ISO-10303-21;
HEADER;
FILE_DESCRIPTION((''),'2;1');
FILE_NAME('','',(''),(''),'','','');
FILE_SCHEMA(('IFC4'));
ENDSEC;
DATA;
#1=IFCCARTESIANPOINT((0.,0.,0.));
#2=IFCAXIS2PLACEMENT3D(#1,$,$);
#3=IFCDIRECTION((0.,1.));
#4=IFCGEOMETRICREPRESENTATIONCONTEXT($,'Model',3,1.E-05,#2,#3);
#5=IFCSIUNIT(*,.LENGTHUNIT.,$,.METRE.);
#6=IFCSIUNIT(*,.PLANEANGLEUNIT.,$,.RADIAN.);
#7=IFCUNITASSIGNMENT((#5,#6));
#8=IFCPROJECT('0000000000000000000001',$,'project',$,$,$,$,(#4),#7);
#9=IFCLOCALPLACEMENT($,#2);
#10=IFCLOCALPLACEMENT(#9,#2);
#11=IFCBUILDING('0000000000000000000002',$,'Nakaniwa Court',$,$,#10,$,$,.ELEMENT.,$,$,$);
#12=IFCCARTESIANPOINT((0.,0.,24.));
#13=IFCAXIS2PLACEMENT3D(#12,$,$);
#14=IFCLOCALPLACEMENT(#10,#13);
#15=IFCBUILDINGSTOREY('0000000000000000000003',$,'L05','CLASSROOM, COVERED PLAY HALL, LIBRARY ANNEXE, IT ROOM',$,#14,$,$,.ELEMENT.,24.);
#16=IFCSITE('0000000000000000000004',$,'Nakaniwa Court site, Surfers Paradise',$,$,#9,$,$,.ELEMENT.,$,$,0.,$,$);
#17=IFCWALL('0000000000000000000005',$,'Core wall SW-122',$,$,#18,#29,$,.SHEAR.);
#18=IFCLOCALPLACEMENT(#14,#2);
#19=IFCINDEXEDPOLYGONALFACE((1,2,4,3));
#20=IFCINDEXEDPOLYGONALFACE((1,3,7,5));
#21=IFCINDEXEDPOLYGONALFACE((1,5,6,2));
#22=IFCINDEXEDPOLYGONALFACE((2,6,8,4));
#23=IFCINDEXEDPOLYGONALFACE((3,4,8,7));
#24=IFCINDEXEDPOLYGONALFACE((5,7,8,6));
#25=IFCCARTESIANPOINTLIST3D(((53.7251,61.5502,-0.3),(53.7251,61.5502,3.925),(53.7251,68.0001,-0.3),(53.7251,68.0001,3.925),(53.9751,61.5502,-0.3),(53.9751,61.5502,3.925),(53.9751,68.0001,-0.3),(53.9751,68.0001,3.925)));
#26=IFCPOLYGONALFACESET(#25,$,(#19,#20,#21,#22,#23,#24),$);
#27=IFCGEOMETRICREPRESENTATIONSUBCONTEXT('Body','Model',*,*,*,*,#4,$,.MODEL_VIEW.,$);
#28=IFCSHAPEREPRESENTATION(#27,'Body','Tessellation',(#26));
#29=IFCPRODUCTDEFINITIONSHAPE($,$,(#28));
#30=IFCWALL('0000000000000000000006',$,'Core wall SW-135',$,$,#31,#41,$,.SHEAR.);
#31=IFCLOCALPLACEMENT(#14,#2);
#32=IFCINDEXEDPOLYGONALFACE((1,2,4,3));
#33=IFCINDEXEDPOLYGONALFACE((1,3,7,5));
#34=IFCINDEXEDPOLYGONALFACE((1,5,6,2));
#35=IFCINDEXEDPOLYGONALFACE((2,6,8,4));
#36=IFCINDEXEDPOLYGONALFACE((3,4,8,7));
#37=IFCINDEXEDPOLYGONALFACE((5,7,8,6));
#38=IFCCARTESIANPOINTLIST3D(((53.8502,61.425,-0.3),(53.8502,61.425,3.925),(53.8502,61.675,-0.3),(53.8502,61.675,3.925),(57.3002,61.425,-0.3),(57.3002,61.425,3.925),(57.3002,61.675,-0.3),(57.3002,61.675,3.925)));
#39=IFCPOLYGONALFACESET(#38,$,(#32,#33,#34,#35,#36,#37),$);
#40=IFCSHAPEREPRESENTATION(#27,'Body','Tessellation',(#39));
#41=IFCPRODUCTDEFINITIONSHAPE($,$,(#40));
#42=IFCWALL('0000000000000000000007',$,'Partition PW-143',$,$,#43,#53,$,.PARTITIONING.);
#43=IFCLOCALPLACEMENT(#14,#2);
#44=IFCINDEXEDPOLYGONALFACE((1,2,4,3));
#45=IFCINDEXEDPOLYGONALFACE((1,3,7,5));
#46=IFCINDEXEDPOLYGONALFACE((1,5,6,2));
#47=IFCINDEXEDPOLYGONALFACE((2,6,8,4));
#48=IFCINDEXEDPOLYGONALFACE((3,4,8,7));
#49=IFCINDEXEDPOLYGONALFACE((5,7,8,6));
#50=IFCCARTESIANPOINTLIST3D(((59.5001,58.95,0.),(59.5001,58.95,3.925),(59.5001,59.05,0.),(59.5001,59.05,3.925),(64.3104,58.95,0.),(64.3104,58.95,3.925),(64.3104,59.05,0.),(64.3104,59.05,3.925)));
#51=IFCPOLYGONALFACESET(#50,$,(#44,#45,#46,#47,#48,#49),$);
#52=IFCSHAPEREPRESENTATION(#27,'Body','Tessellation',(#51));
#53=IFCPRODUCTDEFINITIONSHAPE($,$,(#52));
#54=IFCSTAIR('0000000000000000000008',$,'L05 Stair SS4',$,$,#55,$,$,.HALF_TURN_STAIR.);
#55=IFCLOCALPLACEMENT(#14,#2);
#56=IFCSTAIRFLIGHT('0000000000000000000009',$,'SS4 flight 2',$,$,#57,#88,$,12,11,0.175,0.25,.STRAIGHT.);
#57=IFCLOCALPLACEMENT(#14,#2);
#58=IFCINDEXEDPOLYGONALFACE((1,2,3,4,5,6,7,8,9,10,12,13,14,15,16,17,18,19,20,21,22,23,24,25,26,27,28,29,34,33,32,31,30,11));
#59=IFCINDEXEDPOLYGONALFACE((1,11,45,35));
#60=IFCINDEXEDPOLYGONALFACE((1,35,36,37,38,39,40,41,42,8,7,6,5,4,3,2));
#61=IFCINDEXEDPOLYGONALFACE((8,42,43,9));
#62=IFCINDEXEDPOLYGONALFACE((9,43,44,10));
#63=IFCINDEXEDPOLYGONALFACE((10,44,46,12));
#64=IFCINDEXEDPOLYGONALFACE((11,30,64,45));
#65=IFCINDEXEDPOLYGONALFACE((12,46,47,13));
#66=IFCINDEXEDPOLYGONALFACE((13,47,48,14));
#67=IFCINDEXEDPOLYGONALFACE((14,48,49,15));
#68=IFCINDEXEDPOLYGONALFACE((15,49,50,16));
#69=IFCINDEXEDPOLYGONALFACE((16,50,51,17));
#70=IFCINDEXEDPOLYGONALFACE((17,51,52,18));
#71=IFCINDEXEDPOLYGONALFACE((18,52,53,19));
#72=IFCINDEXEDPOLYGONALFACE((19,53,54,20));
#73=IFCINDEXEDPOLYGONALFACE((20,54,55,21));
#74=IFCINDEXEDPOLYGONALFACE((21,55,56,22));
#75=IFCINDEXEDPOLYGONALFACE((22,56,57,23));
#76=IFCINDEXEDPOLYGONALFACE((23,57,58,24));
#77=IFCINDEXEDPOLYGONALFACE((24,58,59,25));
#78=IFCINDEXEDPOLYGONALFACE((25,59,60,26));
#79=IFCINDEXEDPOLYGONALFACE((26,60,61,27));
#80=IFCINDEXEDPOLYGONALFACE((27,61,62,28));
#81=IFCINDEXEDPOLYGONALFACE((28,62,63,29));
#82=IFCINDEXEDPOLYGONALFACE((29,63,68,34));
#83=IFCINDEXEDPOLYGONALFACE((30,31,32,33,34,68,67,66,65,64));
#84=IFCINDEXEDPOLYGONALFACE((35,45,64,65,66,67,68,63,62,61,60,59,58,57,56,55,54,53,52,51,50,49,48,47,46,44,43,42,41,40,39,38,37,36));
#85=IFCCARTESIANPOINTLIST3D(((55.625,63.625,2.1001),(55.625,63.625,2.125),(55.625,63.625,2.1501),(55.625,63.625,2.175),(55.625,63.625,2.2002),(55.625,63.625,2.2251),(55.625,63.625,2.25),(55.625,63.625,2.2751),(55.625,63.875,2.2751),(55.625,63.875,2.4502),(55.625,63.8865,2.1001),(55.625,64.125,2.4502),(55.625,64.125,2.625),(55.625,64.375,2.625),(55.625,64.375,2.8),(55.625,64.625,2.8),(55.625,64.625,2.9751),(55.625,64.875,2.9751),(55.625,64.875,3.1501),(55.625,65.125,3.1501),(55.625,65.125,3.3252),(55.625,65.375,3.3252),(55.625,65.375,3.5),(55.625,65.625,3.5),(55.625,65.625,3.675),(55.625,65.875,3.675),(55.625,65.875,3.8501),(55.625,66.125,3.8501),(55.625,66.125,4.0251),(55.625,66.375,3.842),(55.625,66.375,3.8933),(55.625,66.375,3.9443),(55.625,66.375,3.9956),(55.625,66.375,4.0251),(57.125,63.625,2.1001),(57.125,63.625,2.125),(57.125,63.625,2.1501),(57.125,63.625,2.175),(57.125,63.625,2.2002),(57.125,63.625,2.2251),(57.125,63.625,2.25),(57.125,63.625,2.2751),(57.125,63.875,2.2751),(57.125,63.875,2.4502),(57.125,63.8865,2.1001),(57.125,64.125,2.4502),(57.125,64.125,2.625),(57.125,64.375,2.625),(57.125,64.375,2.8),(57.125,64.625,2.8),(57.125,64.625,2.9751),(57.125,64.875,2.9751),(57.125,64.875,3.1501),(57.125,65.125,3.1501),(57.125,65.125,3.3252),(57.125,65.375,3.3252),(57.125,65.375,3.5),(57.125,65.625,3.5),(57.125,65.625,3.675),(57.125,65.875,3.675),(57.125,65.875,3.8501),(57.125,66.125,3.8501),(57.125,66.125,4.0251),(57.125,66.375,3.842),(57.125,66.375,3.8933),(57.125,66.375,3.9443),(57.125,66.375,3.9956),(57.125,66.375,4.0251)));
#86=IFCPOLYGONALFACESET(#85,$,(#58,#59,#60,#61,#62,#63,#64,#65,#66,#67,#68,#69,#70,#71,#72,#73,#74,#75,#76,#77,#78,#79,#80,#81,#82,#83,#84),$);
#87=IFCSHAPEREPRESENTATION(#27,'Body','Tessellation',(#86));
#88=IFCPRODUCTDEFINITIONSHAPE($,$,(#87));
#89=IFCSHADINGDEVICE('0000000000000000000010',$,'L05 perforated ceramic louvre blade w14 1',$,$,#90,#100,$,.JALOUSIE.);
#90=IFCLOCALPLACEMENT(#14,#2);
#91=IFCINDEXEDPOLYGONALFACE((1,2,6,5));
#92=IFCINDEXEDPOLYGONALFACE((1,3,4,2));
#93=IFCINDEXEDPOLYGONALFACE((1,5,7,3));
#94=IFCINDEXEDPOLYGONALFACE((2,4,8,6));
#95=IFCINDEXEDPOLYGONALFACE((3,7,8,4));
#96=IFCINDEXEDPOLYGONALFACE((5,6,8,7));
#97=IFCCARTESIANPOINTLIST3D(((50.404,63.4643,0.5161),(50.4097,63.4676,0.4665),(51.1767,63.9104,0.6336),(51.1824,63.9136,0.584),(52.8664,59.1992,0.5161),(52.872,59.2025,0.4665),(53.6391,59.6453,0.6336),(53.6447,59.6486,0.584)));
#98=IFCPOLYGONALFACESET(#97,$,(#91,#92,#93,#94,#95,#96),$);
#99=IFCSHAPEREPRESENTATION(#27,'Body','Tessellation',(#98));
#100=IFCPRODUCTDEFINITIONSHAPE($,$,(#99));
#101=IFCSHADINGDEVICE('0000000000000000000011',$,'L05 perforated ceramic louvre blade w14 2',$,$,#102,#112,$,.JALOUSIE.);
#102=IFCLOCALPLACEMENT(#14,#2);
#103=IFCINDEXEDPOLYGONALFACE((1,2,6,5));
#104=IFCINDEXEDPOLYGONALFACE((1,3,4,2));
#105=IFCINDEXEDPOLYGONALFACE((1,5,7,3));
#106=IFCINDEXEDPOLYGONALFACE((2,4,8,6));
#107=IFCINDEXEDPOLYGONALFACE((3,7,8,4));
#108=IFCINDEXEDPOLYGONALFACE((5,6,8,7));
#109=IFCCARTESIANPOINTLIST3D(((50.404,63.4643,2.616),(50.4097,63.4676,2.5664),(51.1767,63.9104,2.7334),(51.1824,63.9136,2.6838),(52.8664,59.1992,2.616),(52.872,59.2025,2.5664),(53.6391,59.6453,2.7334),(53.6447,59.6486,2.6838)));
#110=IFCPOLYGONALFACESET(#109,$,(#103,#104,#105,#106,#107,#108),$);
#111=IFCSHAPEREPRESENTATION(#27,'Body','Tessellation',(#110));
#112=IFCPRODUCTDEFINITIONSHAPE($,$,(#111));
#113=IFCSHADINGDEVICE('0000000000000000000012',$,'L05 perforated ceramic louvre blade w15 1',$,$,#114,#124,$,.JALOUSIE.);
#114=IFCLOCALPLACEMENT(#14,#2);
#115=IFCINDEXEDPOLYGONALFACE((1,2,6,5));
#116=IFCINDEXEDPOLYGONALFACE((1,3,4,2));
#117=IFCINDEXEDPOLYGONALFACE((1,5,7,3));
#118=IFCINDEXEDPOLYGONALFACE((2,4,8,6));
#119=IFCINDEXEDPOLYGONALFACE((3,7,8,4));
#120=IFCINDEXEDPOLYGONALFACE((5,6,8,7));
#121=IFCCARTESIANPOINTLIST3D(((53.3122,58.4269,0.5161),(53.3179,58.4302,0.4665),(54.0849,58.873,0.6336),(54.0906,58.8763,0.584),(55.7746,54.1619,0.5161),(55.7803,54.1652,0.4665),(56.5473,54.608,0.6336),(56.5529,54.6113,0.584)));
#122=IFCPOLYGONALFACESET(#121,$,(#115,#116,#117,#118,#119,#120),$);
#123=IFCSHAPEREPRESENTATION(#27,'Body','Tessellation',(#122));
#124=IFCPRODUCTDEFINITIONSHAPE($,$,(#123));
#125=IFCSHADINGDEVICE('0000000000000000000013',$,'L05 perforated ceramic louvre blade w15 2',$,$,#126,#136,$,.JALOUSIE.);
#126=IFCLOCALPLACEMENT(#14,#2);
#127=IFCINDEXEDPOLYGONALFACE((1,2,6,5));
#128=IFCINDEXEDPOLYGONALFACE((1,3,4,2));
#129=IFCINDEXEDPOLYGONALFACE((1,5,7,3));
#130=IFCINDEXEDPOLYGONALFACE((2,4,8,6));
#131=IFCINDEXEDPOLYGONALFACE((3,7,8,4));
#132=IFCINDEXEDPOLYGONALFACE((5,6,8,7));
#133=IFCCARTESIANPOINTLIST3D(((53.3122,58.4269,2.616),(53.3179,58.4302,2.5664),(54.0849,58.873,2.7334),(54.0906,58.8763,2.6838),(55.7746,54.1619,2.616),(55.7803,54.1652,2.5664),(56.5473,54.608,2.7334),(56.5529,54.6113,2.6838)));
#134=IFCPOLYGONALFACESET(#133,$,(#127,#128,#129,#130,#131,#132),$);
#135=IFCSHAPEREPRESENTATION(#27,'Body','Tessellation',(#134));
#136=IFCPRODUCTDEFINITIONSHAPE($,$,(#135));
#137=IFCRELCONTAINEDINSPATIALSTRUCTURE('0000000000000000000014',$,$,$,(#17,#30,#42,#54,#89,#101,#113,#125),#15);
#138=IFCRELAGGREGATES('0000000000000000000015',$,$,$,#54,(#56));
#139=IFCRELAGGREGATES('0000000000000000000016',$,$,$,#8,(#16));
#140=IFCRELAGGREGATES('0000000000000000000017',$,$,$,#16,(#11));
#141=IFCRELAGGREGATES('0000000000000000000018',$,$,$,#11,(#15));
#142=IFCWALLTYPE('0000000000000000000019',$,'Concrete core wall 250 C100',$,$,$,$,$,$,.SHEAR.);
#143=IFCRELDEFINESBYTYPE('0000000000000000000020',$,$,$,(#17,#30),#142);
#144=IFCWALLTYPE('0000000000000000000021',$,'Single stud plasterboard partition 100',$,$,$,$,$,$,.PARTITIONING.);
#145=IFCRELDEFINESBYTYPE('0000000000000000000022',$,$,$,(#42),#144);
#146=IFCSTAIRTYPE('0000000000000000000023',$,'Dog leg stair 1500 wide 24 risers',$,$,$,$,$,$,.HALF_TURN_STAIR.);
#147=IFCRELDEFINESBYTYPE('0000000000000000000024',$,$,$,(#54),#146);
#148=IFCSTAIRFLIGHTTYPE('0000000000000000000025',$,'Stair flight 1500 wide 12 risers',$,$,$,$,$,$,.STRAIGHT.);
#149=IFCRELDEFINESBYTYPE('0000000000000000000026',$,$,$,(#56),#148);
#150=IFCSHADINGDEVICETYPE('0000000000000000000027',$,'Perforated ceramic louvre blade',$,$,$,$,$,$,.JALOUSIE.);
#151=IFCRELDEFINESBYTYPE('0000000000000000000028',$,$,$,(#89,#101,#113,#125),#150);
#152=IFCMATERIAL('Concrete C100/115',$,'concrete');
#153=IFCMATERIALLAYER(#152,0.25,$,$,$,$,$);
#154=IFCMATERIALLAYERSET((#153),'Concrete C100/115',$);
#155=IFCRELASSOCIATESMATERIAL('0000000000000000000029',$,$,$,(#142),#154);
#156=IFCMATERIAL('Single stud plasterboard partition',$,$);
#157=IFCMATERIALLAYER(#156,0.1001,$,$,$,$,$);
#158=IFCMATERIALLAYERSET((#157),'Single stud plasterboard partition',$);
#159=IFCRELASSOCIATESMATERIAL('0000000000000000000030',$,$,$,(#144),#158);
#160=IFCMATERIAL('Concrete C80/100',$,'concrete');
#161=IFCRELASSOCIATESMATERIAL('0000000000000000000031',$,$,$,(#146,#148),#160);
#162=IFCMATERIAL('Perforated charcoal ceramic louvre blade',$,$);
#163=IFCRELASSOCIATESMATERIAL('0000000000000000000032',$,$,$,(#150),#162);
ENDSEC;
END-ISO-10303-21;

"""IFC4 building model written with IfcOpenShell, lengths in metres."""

from ifc_helpers import new_model, si_unit, direction, frame, frame_2d, origin, origin_2d, place, context, subcontext, project, spatial, polyline, rectangle, outline, extrude, material, layer, layer_set, material_profile, profile_set, type_object, element, aggregate, save


model = new_model("IFC4")

# Units and contexts
model_context = context("Model", 3, precision=1e-05, world=origin(), true_north=direction((0.0, 1.0)))
body_context = subcontext(model_context, "Body", "Model", "MODEL_VIEW")
ifc_project = project(units=[si_unit("LENGTHUNIT", "METRE"), si_unit("PLANEANGLEUNIT", "RADIAN")], contexts=[model_context])

# Site, building, storey
site_placement = place(None, origin())
site = spatial("IfcSite", under=ifc_project, at=site_placement, Name="Nakaniwa Court site, Surfers Paradise", CompositionType="ELEMENT", RefElevation=0.0)
building_placement = place(site_placement, origin())
building = spatial("IfcBuilding", under=site, at=building_placement, Name="Nakaniwa Court", CompositionType="ELEMENT")
storey_placement = place(building_placement, frame((0.0, 0.0, 24.0)))
storey = spatial("IfcBuildingStorey", under=building, at=storey_placement, Name="L05", Description="CLASSROOM, COVERED PLAY HALL, LIBRARY ANNEXE, IT ROOM", CompositionType="ELEMENT", Elevation=24.0)

# Shared definitions
ifc_material_1 = material(Name="Concrete C100/115", Category="concrete")

# Walls
ifc_layer_1 = layer(ifc_material_1, 0.25)
ifc_layer_set_1 = layer_set([ifc_layer_1], Name="Concrete C100/115")
wall_type_1 = type_object("IfcWallType", Name="Concrete core wall 250 C100", PredefinedType="SHEAR", material=ifc_layer_set_1)
wall_1_placement = place(storey_placement, frame((53.8501, 61.55, -0.3), z_axis=(0.0, 0.0, 1.0), x_axis=(0.0, 1.0, 0.0)))
element("IfcWall", 1, at=wall_1_placement, inside=storey, type_object=wall_type_1, Name="Core wall SW-122", PredefinedType="SHEAR", context=body_context, shape_type="SweptSolid", body=[
    extrude(rectangle(XDim=6.45, YDim=0.25, at=frame_2d((3.2251, 0.0))), origin(), (0.0, 0.0, 1.0), 4.2251),
])
wall_2_placement = place(storey_placement, frame((53.8501, 61.55, -0.3), z_axis=(0.0, 0.0, 1.0), x_axis=(1.0, 0.0, 0.0)))
element("IfcWall", 2, at=wall_2_placement, inside=storey, type_object=wall_type_1, Name="Core wall SW-135", PredefinedType="SHEAR", context=body_context, shape_type="SweptSolid", body=[
    extrude(rectangle(XDim=3.45, YDim=0.25, at=frame_2d((1.7251, 0.0))), origin(), (0.0, 0.0, 1.0), 4.2251),
])
ifc_material_2 = material(Name="Single stud plasterboard partition")
ifc_layer_2 = layer(ifc_material_2, 0.1001)
ifc_layer_set_2 = layer_set([ifc_layer_2], Name="Single stud plasterboard partition")
wall_type_2 = type_object("IfcWallType", Name="Single stud plasterboard partition 100", PredefinedType="PARTITIONING", material=ifc_layer_set_2)
wall_3_placement = place(storey_placement, frame((59.5, 59.0, 0.0), z_axis=(0.0, 0.0, 1.0), x_axis=(1.0, 0.0, 0.0)))
element("IfcWall", 3, at=wall_3_placement, inside=storey, type_object=wall_type_2, Name="Partition PW-143", PredefinedType="PARTITIONING", context=body_context, shape_type="SweptSolid", body=[
    extrude(rectangle(XDim=4.8103, YDim=0.1001, at=frame_2d((2.4053, 0.0))), origin(), (0.0, 0.0, 1.0), 3.925),
])

# Stair, stair flight
ifc_material_3 = material(Name="Concrete C80/100", Category="concrete")
stair_type = type_object("IfcStairType", Name="Dog leg stair 1500 wide 24 risers", PredefinedType="HALF_TURN_STAIR", material=ifc_material_3)
stair_placement = place(storey_placement, origin())
stair = element("IfcStair", 4, at=stair_placement, inside=storey, type_object=stair_type, Name="L05 Stair SS4", PredefinedType="HALF_TURN_STAIR")
stair_flight_type = type_object("IfcStairFlightType", Name="Stair flight 1500 wide 12 risers", PredefinedType="STRAIGHT", material=ifc_material_3)
stair_flight_placement = place(storey_placement, frame((56.375, 63.625, 2.1001), z_axis=(0.0, 0.0, 1.0), x_axis=(0.0, 1.0, 0.0)))
stair_flight = element("IfcStairFlight", 5, at=stair_flight_placement, type_object=stair_flight_type, Name="SS4 flight 2", NumberOfRisers=12, NumberOfTreads=11, PredefinedType="STRAIGHT", RiserHeight=0.175, TreadLength=0.25, context=body_context, shape_type="SweptSolid", body=[
    extrude(outline(polyline([(0.0, 0.0), (0.0, 0.0249), (0.0, 0.05), (0.0, 0.075), (0.0, 0.1001), (0.0, 0.125), (0.0, 0.1499), (0.0, 0.175), (0.25, 0.175), (0.25, 0.3501), (0.5, 0.3501), (0.5, 0.5249), (0.75, 0.5249), (0.75, 0.7), (1.0, 0.7), (1.0, 0.875), (1.25, 0.875), (1.25, 1.05), (1.5, 1.05), (1.5, 1.2251), (1.75, 1.2251), (1.75, 1.3999), (2.0, 1.3999), (2.0, 1.575), (2.25, 1.575), (2.25, 1.75), (2.5, 1.75), (2.5, 1.925), (2.75, 1.925), (2.75, 2.1001), (2.75, 2.0488), (2.75, 1.9978), (2.75, 1.9465), (2.75, 1.8955), (2.75, 1.8442), (2.75, 1.7932), (2.75, 1.7419), (0.2615, 0.0), (0.0, 0.0)])), frame((0.0, 0.75, 0.0), z_axis=(0.0, -1.0, 0.0), x_axis=(1.0, 0.0, 0.0)), (0.0, 0.0, 1.0), 1.5),
])
aggregate(stair, [stair_flight])

# Shading devices
ifc_material_4 = material(Name="Perforated charcoal ceramic louvre blade")
ifc_material_profile_1 = material_profile(ifc_material_4, rectangle(XDim=0.8999, YDim=0.05, at=origin_2d()), Name="Perforated ceramic louvre blade")
ifc_profile_set_1 = profile_set([ifc_material_profile_1], Name="Perforated charcoal ceramic louvre blade")
shading_device_type = type_object("IfcShadingDeviceType", Name="Perforated ceramic louvre blade", PredefinedType="JALOUSIE", material=ifc_profile_set_1)
for number, where, z_axis, x_axis, name in (
    (6, (50.7932, 63.689, 0.55), (0.499989, -0.866032, 0.0), (0.858623, 0.495711, 0.130526), "L05 perforated ceramic louvre blade w14 1"),
    (7, (50.7932, 63.689, 2.6499), (0.499989, -0.866032, 0.0), (0.858623, 0.495711, 0.130526), "L05 perforated ceramic louvre blade w14 2"),
    (8, (53.7014, 58.6516, 0.55), (0.499989, -0.866032, 0.0), (0.858623, 0.495711, 0.130526), "L05 perforated ceramic louvre blade w15 1"),
    (9, (53.7014, 58.6516, 2.6499), (0.499989, -0.866032, 0.0), (0.858623, 0.495711, 0.130526), "L05 perforated ceramic louvre blade w15 2"),
):
    element("IfcShadingDevice", number, at=place(storey_placement, frame(where, z_axis=z_axis, x_axis=x_axis)), inside=storey, type_object=shading_device_type, Name=name, PredefinedType="JALOUSIE", context=body_context, shape_type="SweptSolid", body=[
        extrude(rectangle(XDim=0.8999, YDim=0.05, at=origin_2d()), origin(), (0.0, 0.0, 1.0), 4.9248),
    ])

save(model, "model.ifc")
